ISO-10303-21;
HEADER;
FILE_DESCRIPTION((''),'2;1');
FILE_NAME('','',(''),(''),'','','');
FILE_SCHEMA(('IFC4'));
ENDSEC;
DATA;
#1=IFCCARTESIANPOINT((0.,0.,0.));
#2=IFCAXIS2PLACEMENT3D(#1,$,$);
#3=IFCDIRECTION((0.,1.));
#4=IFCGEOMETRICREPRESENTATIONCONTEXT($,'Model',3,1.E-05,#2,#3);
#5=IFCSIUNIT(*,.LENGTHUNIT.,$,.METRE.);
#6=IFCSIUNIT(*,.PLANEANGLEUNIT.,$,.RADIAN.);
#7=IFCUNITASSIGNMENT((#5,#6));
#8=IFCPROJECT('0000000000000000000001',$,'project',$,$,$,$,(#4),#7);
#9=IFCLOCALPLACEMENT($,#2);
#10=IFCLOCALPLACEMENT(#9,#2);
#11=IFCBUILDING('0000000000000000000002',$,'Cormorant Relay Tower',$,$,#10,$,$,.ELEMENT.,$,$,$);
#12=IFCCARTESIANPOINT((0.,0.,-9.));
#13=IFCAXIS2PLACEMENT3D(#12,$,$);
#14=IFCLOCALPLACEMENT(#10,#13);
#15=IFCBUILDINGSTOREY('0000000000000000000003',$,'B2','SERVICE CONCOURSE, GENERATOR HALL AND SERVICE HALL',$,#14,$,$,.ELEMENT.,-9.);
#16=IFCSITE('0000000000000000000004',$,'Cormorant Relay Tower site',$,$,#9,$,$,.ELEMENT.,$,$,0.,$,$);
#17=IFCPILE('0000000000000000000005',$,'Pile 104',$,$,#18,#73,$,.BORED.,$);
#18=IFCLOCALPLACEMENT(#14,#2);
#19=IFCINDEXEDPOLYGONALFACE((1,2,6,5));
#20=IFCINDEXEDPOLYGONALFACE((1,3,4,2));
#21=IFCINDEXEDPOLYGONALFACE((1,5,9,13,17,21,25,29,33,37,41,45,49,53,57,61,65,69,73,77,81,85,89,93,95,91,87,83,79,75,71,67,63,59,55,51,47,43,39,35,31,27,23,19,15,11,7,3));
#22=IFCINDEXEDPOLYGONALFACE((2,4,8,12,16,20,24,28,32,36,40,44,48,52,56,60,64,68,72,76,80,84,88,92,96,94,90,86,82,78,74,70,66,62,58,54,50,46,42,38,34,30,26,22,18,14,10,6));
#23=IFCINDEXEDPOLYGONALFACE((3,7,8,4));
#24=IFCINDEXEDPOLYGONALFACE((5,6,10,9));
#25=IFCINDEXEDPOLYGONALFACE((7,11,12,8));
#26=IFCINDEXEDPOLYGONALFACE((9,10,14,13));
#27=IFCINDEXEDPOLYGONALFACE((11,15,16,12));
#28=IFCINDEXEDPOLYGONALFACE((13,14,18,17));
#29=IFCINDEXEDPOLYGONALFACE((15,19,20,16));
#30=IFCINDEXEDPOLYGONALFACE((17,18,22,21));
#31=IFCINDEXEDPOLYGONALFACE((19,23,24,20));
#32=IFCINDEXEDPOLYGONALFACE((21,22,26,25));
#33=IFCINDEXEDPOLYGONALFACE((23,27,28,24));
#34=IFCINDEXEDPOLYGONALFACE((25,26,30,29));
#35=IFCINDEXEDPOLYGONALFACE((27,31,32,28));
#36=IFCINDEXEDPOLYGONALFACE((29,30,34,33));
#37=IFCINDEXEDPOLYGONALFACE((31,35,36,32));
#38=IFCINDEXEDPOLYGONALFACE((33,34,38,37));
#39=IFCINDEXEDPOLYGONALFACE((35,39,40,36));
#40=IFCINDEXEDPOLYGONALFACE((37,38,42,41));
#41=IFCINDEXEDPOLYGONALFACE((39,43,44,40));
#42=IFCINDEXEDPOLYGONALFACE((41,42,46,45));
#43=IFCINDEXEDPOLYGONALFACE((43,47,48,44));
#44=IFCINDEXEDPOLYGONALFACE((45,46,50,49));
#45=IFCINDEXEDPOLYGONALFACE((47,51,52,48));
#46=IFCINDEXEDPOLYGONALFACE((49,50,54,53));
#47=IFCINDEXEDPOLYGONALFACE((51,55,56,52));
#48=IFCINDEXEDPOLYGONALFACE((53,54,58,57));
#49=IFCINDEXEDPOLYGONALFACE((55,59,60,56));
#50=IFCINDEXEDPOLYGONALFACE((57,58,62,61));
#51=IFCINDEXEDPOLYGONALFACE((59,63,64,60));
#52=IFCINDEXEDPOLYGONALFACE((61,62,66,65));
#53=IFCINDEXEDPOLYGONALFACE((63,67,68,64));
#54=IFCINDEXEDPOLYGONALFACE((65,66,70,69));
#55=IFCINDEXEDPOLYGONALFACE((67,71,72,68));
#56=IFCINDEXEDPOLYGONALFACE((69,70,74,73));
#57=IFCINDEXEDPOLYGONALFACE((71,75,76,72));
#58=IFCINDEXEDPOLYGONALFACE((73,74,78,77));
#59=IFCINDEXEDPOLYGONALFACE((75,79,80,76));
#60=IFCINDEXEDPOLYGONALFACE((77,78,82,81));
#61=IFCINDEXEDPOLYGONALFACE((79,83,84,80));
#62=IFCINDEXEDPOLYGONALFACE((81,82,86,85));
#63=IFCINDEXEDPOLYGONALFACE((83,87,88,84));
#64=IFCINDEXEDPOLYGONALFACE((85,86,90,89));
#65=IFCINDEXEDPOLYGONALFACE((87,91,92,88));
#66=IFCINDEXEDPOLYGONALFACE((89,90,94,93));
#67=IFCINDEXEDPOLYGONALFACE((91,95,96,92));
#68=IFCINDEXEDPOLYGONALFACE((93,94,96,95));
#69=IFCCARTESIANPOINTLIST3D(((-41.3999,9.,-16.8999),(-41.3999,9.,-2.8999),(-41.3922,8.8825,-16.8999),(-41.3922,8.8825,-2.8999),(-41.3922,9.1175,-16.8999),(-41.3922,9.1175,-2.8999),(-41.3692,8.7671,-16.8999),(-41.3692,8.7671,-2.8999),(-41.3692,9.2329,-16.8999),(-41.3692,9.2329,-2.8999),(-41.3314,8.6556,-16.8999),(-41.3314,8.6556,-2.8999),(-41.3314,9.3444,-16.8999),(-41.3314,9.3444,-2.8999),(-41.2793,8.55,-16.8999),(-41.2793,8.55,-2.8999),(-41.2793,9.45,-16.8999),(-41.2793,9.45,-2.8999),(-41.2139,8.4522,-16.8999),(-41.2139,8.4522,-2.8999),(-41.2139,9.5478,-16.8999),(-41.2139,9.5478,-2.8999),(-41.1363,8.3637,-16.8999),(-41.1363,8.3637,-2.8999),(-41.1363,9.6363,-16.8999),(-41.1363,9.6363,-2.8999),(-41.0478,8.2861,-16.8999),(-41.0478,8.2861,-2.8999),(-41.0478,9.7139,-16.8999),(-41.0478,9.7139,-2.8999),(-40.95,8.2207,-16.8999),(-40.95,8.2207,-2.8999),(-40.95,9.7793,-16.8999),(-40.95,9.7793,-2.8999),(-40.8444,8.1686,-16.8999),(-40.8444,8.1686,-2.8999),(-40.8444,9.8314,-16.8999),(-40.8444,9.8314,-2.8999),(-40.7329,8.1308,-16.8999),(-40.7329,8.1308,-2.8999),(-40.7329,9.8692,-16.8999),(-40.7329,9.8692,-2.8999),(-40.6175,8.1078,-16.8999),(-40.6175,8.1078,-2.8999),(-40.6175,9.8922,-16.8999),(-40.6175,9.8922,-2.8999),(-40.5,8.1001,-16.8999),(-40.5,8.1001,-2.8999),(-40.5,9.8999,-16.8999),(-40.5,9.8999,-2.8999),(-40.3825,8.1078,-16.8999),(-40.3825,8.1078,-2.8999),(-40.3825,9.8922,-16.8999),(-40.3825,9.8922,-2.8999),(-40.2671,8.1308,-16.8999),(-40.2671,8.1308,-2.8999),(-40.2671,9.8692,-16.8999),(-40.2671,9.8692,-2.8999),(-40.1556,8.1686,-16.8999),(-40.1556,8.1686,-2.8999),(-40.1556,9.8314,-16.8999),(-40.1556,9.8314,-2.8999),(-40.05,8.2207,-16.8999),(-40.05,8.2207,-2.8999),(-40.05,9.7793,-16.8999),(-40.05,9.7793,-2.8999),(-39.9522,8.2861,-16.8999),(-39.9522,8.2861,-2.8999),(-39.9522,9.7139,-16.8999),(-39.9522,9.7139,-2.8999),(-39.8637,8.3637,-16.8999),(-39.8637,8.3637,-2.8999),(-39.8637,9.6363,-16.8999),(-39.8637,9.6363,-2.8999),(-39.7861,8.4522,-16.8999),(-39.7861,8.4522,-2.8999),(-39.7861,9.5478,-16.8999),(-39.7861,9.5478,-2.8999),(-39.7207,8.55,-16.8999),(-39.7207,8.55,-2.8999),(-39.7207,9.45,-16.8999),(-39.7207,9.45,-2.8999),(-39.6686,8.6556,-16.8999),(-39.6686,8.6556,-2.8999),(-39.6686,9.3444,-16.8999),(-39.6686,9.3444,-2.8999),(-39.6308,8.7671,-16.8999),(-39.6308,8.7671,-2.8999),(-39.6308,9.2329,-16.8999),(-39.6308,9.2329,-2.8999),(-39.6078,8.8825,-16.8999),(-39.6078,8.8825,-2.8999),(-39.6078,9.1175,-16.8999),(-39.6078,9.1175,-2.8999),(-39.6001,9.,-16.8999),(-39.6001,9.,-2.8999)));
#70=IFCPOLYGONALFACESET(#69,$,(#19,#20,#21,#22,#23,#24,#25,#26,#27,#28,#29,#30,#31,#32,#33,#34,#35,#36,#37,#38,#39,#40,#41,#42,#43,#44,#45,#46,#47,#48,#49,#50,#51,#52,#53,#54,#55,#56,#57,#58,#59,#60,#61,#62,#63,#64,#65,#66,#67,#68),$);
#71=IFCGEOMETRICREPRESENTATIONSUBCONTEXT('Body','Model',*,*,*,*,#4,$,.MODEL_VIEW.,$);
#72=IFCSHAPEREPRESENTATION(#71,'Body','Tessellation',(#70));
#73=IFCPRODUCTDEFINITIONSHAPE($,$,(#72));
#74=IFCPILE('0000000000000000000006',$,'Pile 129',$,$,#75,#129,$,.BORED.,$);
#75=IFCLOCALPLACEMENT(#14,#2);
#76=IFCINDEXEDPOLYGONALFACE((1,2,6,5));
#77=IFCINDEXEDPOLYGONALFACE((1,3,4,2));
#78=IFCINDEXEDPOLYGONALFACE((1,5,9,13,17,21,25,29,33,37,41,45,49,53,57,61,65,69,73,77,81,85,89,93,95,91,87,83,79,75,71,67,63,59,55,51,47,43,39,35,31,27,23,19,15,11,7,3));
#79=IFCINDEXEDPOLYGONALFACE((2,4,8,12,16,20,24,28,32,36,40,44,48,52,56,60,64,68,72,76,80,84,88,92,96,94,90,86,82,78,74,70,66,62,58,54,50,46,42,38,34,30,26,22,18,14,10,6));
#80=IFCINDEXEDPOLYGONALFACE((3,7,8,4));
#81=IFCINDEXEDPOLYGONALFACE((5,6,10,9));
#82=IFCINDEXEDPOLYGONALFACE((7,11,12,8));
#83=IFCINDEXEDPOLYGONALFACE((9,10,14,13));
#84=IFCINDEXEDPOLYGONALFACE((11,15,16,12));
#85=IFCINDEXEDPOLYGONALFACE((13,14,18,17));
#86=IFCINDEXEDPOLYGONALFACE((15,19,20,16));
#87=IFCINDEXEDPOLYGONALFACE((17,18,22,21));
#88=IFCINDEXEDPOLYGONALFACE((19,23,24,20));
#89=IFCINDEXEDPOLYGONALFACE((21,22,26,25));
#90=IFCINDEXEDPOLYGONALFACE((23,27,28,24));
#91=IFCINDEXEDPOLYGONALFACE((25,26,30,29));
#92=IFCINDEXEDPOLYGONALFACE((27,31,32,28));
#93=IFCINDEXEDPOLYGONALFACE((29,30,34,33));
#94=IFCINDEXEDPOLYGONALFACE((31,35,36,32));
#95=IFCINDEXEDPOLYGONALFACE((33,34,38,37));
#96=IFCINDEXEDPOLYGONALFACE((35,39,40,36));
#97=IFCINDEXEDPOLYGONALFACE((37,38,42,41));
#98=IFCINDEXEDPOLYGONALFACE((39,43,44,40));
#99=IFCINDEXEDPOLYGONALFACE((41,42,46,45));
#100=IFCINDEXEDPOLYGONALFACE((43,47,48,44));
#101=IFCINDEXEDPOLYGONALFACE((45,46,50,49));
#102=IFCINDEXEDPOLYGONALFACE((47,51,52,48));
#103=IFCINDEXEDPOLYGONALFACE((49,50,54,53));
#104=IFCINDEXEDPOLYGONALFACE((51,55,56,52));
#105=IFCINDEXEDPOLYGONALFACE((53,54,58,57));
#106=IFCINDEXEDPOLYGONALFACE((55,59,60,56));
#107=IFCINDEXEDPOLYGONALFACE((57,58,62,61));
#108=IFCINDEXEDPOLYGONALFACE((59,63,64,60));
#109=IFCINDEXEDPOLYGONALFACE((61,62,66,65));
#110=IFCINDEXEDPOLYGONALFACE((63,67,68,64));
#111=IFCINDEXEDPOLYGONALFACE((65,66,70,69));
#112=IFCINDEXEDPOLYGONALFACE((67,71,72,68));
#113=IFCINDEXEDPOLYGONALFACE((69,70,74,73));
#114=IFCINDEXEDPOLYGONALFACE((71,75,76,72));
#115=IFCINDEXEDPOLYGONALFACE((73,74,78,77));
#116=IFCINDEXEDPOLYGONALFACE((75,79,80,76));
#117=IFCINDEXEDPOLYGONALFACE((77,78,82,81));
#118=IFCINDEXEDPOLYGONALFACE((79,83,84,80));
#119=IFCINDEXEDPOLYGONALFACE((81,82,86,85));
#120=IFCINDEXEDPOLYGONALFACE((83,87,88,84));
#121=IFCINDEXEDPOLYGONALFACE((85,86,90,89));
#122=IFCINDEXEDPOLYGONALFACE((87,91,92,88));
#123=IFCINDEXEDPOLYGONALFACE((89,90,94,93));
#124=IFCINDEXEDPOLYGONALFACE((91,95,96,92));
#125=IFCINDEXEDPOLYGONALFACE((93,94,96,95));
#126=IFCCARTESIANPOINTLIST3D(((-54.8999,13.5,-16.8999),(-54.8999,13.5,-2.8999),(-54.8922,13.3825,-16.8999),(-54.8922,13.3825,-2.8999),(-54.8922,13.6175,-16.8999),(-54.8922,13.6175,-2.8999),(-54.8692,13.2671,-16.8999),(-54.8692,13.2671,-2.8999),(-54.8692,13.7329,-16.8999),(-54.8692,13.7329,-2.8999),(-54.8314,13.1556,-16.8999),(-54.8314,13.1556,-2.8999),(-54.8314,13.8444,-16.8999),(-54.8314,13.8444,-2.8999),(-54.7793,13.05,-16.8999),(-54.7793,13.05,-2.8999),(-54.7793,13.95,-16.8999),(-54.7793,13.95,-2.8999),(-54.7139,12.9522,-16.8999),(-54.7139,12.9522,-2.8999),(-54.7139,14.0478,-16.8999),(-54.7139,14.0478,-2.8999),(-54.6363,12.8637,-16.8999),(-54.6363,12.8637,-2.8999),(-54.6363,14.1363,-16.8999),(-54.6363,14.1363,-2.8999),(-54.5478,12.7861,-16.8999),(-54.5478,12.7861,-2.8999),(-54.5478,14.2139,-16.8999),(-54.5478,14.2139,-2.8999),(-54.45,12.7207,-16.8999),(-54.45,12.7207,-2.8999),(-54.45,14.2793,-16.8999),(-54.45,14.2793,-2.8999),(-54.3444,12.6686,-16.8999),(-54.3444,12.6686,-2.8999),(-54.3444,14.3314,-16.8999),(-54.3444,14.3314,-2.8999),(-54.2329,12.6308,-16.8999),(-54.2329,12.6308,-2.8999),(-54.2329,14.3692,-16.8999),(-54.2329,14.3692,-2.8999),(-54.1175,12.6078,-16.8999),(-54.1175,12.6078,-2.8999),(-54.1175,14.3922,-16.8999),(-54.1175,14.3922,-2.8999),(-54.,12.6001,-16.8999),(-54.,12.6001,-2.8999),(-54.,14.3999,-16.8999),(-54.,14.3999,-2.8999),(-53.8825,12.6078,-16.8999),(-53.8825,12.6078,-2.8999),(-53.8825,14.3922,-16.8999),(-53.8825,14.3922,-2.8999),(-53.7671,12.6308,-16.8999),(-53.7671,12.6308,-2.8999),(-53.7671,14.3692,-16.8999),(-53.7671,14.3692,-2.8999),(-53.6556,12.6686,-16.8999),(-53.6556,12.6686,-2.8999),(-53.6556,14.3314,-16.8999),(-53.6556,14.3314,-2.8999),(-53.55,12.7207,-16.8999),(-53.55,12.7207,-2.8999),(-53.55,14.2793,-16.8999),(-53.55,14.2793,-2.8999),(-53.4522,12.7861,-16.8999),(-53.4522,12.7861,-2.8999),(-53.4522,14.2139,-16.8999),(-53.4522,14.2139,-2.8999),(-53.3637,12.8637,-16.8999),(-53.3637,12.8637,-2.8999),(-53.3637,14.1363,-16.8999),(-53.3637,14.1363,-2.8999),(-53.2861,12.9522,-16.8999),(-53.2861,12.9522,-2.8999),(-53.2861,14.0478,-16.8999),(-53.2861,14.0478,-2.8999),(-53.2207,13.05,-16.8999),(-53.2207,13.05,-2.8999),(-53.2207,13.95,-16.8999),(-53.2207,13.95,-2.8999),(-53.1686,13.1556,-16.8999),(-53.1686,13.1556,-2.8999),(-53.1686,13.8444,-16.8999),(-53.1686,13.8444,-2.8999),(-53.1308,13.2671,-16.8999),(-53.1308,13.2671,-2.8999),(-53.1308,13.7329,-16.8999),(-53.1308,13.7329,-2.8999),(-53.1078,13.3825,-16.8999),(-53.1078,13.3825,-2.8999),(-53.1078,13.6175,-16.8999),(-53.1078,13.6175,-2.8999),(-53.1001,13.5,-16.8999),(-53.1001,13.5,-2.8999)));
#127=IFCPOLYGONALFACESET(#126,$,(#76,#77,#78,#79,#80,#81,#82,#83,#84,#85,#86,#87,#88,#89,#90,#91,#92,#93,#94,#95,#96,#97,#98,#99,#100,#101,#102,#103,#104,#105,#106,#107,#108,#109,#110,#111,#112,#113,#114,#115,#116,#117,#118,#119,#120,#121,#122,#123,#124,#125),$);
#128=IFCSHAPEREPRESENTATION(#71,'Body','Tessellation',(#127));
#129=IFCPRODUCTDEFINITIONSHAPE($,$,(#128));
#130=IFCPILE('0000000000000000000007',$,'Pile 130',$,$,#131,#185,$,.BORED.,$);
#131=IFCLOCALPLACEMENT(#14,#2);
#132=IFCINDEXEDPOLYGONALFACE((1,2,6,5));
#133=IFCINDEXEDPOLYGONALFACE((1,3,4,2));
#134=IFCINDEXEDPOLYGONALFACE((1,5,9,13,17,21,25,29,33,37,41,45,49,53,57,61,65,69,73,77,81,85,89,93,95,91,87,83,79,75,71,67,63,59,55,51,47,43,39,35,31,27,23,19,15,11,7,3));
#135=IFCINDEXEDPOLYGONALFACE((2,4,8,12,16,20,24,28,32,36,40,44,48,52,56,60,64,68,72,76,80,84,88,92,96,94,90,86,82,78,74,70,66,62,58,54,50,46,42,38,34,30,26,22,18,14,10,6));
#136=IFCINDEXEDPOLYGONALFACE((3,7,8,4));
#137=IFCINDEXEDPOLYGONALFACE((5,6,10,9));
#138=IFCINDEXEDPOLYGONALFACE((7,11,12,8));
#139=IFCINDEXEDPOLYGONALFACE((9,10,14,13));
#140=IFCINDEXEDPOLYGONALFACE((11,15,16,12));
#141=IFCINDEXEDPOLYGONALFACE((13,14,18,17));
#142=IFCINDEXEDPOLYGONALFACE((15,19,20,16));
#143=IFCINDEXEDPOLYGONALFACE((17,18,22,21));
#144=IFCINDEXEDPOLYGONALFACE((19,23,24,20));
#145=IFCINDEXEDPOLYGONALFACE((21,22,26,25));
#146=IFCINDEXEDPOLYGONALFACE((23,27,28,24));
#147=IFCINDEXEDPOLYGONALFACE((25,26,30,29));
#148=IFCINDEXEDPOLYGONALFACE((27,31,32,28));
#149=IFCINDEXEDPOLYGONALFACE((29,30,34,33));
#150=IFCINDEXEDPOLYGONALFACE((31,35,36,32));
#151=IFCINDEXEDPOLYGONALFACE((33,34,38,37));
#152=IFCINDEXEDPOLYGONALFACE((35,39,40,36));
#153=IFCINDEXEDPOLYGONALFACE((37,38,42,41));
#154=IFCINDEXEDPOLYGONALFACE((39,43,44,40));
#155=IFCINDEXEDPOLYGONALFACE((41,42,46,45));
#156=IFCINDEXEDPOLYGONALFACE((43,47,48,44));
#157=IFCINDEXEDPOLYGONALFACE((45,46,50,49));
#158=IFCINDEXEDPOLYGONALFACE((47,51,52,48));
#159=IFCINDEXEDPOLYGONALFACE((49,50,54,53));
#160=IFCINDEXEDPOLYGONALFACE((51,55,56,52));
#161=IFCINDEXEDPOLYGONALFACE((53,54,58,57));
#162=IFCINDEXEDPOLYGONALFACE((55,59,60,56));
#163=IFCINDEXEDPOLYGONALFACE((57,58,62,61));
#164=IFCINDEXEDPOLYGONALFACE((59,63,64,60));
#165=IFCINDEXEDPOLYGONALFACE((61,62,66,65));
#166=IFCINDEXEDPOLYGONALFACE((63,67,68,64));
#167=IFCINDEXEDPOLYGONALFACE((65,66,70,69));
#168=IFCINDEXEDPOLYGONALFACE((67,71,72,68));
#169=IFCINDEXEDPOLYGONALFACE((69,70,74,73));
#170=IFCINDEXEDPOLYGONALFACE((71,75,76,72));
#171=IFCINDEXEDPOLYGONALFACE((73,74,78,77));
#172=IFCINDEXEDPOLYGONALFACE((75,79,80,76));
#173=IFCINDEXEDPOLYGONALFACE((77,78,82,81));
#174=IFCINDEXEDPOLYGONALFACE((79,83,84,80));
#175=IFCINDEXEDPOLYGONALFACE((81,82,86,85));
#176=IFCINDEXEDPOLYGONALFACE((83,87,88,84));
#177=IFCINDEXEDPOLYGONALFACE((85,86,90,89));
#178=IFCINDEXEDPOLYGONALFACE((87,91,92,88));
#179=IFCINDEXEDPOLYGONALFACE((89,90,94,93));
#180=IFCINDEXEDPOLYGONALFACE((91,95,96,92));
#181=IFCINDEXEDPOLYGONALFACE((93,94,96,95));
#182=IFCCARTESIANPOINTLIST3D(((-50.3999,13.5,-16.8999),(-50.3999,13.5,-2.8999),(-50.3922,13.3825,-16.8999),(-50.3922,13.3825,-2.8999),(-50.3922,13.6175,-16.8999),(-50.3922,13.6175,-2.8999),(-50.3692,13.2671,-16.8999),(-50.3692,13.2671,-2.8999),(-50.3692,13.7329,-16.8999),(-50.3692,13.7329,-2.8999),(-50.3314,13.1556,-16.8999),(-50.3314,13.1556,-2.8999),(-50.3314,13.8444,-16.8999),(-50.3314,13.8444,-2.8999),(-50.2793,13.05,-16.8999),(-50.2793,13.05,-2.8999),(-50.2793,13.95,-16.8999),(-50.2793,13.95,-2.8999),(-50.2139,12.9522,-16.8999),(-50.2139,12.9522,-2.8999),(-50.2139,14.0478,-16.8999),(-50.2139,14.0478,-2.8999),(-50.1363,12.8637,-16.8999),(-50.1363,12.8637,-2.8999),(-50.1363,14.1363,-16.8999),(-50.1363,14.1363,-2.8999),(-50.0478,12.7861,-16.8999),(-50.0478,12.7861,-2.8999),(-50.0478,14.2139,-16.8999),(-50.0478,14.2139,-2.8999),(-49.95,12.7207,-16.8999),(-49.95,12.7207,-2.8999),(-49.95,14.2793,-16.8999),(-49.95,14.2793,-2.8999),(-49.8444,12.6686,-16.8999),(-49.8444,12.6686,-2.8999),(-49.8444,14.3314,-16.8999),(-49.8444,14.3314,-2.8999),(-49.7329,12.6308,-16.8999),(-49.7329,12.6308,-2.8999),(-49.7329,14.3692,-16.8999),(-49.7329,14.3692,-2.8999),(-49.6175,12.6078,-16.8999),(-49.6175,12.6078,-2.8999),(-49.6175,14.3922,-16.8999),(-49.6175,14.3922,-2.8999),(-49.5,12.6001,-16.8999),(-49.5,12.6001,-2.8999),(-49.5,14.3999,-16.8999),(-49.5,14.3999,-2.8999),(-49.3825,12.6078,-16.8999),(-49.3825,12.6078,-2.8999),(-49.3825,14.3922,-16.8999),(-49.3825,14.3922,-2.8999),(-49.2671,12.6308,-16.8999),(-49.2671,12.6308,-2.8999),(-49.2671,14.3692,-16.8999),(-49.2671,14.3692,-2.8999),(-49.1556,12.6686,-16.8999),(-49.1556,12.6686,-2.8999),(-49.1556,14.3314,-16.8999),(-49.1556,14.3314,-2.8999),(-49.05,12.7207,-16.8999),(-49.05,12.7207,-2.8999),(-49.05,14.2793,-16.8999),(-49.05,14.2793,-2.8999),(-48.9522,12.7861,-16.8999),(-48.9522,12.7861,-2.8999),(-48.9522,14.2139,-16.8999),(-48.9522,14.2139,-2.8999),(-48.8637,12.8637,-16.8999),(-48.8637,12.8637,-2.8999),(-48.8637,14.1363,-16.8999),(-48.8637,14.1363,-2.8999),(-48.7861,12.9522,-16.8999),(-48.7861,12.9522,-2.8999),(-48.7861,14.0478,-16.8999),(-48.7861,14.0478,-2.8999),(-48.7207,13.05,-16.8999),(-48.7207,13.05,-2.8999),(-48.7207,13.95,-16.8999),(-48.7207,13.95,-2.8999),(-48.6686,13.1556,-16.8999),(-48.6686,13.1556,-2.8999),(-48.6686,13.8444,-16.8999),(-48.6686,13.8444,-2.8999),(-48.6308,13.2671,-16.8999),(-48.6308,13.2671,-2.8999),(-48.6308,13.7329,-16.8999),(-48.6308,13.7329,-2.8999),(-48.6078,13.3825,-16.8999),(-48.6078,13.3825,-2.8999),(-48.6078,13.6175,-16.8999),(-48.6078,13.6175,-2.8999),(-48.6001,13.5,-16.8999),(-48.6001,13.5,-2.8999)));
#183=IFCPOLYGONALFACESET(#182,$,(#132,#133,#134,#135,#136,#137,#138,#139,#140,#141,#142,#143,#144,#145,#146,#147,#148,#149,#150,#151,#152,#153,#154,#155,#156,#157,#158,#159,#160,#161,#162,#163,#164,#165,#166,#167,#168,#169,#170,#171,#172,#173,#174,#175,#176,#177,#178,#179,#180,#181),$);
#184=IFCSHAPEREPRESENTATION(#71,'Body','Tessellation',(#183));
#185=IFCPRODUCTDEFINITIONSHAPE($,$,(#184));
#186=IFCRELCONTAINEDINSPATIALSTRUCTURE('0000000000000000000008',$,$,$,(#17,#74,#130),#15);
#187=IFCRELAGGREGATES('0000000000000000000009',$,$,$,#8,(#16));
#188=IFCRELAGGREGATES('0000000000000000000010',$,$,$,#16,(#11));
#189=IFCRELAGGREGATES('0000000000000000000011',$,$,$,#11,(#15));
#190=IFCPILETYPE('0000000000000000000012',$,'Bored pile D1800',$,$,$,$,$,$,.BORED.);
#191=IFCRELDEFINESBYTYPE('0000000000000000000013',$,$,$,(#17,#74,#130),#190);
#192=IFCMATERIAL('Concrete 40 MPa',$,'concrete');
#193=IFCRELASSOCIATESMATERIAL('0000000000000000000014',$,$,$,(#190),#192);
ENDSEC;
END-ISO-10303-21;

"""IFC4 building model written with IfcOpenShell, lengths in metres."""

from ifc_helpers import new_model, si_unit, direction, frame, origin, origin_2d, place, context, subcontext, project, spatial, circle, extrude, material, material_profile, profile_set, type_object, element, save


model = new_model("IFC4")

# Units and contexts
model_context = context("Model", 3, precision=1e-05, world=origin(), true_north=direction((0.0, 1.0)))
body_context = subcontext(model_context, "Body", "Model", "MODEL_VIEW")
ifc_project = project(units=[si_unit("LENGTHUNIT", "METRE"), si_unit("PLANEANGLEUNIT", "RADIAN")], contexts=[model_context])

# Site, building, storey
site_placement = place(None, origin())
site = spatial("IfcSite", under=ifc_project, at=site_placement, Name="Cormorant Relay Tower site", CompositionType="ELEMENT", RefElevation=0.0)
building_placement = place(site_placement, origin())
building = spatial("IfcBuilding", under=site, at=building_placement, Name="Cormorant Relay Tower", CompositionType="ELEMENT")
storey_placement = place(building_placement, frame((0.0, 0.0, -9.0)))
storey = spatial("IfcBuildingStorey", under=building, at=storey_placement, Name="B2", Description="SERVICE CONCOURSE, GENERATOR HALL AND SERVICE HALL", CompositionType="ELEMENT", Elevation=-9.0)

# Piles
ifc_material_1 = material(Name="Concrete 40 MPa", Category="concrete")
ifc_material_profile_1 = material_profile(ifc_material_1, circle(Radius=0.8999, at=origin_2d()), Name="BP1800")
ifc_profile_set_1 = profile_set([ifc_material_profile_1], Name="Concrete 40 MPa")
pile_type = type_object("IfcPileType", Name="Bored pile D1800", PredefinedType="BORED", material=ifc_profile_set_1)
for number, where, z_axis, x_axis, name in (
    (1, (-40.5, 9.0, -2.8999), (0.0, 0.0, -1.0), (1.0, 0.0, 0.0), "Pile 104"),
    (2, (-54.0, 13.5, -2.8999), (0.0, 0.0, -1.0), (1.0, 0.0, 0.0), "Pile 129"),
    (3, (-49.5, 13.5, -2.8999), (0.0, 0.0, -1.0), (1.0, 0.0, 0.0), "Pile 130"),
):
    element("IfcPile", number, at=place(storey_placement, frame(where, z_axis=z_axis, x_axis=x_axis)), inside=storey, type_object=pile_type, Name=name, PredefinedType="BORED", context=body_context, shape_type="SweptSolid", body=[
        extrude(circle(Radius=0.8999, at=origin_2d()), origin(), (0.0, 0.0, 1.0), 14.0),
    ])

save(model, "model.ifc")
